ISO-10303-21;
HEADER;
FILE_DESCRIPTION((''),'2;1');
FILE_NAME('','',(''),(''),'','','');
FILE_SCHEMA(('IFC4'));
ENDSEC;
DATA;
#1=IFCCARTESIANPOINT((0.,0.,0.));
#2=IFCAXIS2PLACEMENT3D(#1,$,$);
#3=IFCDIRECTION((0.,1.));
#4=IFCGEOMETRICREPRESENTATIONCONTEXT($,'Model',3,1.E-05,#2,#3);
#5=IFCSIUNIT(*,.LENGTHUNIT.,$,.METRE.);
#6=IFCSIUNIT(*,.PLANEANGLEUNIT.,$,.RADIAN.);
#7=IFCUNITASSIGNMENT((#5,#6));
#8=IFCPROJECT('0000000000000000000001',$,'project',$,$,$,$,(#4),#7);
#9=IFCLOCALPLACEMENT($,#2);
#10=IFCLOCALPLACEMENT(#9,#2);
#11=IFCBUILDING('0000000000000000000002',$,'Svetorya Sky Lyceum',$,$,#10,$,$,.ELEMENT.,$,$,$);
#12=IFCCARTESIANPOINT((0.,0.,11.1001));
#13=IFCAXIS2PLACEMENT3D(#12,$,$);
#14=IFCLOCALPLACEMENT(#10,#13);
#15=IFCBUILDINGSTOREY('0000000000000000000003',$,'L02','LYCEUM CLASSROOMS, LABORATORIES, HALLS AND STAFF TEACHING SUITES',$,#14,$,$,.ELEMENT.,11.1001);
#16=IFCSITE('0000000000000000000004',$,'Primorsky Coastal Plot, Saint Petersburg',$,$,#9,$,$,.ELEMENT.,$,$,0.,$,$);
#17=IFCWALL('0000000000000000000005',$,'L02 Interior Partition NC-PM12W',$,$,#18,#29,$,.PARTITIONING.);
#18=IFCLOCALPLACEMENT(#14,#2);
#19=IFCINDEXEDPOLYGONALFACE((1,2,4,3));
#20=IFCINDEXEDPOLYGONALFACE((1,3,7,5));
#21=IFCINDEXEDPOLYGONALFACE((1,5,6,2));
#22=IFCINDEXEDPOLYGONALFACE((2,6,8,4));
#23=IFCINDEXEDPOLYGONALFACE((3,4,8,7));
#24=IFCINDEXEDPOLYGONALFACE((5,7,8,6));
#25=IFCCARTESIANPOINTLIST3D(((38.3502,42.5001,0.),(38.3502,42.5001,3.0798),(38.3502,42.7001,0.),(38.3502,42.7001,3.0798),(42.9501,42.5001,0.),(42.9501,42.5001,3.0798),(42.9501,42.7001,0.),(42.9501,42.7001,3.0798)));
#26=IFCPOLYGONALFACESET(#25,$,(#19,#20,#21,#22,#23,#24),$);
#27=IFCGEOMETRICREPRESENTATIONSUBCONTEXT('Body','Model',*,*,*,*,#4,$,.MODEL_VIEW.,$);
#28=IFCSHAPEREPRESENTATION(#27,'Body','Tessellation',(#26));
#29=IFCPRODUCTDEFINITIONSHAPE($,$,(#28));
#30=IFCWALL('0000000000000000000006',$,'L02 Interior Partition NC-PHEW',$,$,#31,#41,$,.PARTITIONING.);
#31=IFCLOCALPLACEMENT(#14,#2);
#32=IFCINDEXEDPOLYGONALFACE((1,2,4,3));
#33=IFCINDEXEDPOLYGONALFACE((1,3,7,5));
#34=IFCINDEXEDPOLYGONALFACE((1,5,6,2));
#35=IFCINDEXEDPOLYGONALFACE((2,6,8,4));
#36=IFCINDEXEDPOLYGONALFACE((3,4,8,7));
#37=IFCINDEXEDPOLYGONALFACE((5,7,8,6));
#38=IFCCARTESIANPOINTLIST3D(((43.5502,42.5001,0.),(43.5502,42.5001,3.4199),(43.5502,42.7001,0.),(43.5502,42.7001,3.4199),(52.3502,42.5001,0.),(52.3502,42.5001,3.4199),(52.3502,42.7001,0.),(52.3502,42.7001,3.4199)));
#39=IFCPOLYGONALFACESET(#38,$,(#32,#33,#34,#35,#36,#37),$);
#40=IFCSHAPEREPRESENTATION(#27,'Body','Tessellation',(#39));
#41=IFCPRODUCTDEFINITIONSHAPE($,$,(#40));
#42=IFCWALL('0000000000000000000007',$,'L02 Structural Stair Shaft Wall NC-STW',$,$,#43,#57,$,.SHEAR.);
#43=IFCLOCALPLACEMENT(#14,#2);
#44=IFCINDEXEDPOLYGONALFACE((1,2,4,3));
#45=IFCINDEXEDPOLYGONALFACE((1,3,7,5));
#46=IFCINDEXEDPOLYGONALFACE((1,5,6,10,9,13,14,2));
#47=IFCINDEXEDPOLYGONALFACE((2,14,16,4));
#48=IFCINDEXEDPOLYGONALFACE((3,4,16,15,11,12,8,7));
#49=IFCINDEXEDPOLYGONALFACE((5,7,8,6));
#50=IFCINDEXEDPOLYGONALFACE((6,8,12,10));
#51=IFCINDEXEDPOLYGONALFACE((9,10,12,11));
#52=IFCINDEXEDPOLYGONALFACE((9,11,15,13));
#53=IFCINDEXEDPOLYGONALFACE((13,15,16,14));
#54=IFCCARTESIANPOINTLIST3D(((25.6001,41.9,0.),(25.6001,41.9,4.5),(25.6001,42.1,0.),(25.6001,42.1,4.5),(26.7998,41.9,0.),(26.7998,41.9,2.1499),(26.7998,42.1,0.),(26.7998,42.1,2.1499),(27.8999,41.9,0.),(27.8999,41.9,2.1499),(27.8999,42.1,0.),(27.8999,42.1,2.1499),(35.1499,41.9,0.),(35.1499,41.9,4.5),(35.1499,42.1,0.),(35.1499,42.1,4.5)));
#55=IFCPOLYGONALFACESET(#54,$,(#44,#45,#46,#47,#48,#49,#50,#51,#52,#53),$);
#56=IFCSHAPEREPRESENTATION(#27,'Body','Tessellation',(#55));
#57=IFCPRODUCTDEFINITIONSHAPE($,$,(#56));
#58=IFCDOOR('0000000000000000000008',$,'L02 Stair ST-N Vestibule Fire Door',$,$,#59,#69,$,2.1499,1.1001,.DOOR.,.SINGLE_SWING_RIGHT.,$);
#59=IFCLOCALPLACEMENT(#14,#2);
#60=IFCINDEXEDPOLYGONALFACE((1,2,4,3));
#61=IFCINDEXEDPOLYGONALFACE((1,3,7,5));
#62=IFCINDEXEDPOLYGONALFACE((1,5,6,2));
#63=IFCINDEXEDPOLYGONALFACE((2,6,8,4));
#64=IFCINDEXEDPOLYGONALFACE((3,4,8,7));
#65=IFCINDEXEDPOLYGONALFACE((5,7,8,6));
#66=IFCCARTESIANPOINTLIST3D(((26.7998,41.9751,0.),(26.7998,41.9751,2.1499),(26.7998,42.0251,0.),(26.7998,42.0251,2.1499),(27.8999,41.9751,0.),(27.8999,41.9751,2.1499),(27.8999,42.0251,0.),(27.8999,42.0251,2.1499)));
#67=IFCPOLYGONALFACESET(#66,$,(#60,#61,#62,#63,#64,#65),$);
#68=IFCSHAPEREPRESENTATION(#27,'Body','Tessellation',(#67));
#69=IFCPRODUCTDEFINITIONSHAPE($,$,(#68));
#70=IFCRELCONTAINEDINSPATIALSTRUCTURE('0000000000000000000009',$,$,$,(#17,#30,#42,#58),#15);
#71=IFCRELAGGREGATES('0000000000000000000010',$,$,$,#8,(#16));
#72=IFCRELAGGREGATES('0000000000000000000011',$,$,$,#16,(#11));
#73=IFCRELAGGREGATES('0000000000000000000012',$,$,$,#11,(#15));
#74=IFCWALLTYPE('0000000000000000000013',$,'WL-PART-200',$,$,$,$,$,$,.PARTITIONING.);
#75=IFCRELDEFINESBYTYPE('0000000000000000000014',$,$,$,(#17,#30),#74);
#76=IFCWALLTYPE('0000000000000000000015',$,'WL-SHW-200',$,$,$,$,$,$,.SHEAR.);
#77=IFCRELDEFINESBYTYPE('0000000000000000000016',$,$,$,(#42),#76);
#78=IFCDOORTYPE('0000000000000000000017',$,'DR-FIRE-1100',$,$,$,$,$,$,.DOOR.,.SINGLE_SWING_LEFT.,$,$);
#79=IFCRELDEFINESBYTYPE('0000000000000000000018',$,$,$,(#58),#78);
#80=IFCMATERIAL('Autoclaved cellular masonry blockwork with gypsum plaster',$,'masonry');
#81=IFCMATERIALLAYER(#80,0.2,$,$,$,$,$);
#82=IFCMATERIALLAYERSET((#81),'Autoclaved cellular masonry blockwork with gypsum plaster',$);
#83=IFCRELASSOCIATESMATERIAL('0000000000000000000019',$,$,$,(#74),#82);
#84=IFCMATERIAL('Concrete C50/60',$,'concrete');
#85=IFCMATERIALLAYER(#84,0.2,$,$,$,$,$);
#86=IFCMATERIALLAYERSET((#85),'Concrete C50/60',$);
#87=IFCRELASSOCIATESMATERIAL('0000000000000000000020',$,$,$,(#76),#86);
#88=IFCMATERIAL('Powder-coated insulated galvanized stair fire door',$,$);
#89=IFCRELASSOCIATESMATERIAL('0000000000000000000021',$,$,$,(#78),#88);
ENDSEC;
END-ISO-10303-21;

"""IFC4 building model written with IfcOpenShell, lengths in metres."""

from ifc_helpers import new_model, si_unit, direction, frame, frame_2d, origin, place, context, subcontext, project, spatial, rectangle, extrude, material, layer, layer_set, type_object, element, fill, save


model = new_model("IFC4")

# Units and contexts
model_context = context("Model", 3, precision=1e-05, world=origin(), true_north=direction((0.0, 1.0)))
body_context = subcontext(model_context, "Body", "Model", "MODEL_VIEW")
ifc_project = project(units=[si_unit("LENGTHUNIT", "METRE"), si_unit("PLANEANGLEUNIT", "RADIAN")], contexts=[model_context])

# Site, building, storey
site_placement = place(None, origin())
site = spatial("IfcSite", under=ifc_project, at=site_placement, Name="Primorsky Coastal Plot, Saint Petersburg", CompositionType="ELEMENT", RefElevation=0.0)
building_placement = place(site_placement, origin())
building = spatial("IfcBuilding", under=site, at=building_placement, Name="Svetorya Sky Lyceum", CompositionType="ELEMENT")
storey_placement = place(building_placement, frame((0.0, 0.0, 11.1001)))
storey = spatial("IfcBuildingStorey", under=building, at=storey_placement, Name="L02", Description="LYCEUM CLASSROOMS, LABORATORIES, HALLS AND STAFF TEACHING SUITES", CompositionType="ELEMENT", Elevation=11.1001)

# Shared definitions
ifc_material_1 = material(Name="Autoclaved cellular masonry blockwork with gypsum plaster", Category="masonry")
ifc_layer_1 = layer(ifc_material_1, 0.2)
ifc_layer_set_1 = layer_set([ifc_layer_1], Name="Autoclaved cellular masonry blockwork with gypsum plaster")
wall_type_1 = type_object("IfcWallType", Name="WL-PART-200", PredefinedType="PARTITIONING", material=ifc_layer_set_1)

# Walls
wall_1_placement = place(storey_placement, frame((42.95, 42.6001, 0.0), z_axis=(0.0, 0.0, 1.0), x_axis=(-1.0, 0.0, 0.0)))
element("IfcWall", 1, at=wall_1_placement, inside=storey, type_object=wall_type_1, Name="L02 Interior Partition NC-PM12W", PredefinedType="PARTITIONING", context=body_context, shape_type="SweptSolid", body=[
    extrude(rectangle(XDim=4.5999, YDim=0.2, at=frame_2d((2.2998, 0.0))), origin(), (0.0, 0.0, 1.0), 3.0798),
])
wall_2_placement = place(storey_placement, frame((52.3501, 42.6001, 0.0), z_axis=(0.0, 0.0, 1.0), x_axis=(-1.0, 0.0, 0.0)))
element("IfcWall", 2, at=wall_2_placement, inside=storey, type_object=wall_type_1, Name="L02 Interior Partition NC-PHEW", PredefinedType="PARTITIONING", context=body_context, shape_type="SweptSolid", body=[
    extrude(rectangle(XDim=8.8, YDim=0.2, at=frame_2d((4.3999, 0.0))), origin(), (0.0, 0.0, 1.0), 3.4199),
])

# Wall, opening, door
ifc_material_2 = material(Name="Concrete C50/60", Category="concrete")
ifc_layer_2 = layer(ifc_material_2, 0.2)
ifc_layer_set_2 = layer_set([ifc_layer_2], Name="Concrete C50/60")
wall_type_2 = type_object("IfcWallType", Name="WL-SHW-200", PredefinedType="SHEAR", material=ifc_layer_set_2)
wall_3_placement = place(storey_placement, frame((35.1499, 42.0, 0.0), z_axis=(0.0, 0.0, 1.0), x_axis=(-1.0, 0.0, 0.0)))
wall_3 = element("IfcWall", 3, at=wall_3_placement, inside=storey, type_object=wall_type_2, Name="L02 Structural Stair Shaft Wall NC-STW", PredefinedType="SHEAR", context=body_context, shape_type="SweptSolid", body=[
    extrude(rectangle(XDim=9.5498, YDim=0.2, at=frame_2d((4.7749, 0.0))), origin(), (0.0, 0.0, 1.0), 4.5),
])
opening_1_placement = place(wall_3_placement, frame((7.25, 0.0, 0.0)))
opening_1 = element("IfcOpeningElement", 4, at=opening_1_placement, cuts=wall_3, PredefinedType="OPENING", context=body_context, shape_type="SweptSolid", body=[
    extrude(rectangle(XDim=1.1001, YDim=2.1499, at=frame_2d((0.55, 1.075))), frame((0.0, 0.1099, 0.0), z_axis=(0.0, -1.0, 0.0), x_axis=(1.0, 0.0, 0.0)), (0.0, 0.0, 1.0), 0.22),
])
ifc_material_3 = material(Name="Powder-coated insulated galvanized stair fire door")
door_type_1 = type_object("IfcDoorType", Name="DR-FIRE-1100", OperationType="SINGLE_SWING_LEFT", PredefinedType="DOOR", material=ifc_material_3)
door_1_placement = place(opening_1_placement, origin())
door_1 = element("IfcDoor", 5, at=door_1_placement, inside=storey, type_object=door_type_1, Name="L02 Stair ST-N Vestibule Fire Door", OperationType="SINGLE_SWING_RIGHT", OverallHeight=2.1499, OverallWidth=1.1001, PredefinedType="DOOR", context=body_context, shape_type="SweptSolid", body=[
    extrude(rectangle(XDim=1.1001, YDim=2.1499, at=frame_2d((0.55, 1.075))), frame((0.0, 0.0249, 0.0), z_axis=(0.0, -1.0, 0.0), x_axis=(1.0, 0.0, 0.0)), (0.0, 0.0, 1.0), 0.05),
])
fill(opening_1, door_1)

save(model, "model.ifc")
